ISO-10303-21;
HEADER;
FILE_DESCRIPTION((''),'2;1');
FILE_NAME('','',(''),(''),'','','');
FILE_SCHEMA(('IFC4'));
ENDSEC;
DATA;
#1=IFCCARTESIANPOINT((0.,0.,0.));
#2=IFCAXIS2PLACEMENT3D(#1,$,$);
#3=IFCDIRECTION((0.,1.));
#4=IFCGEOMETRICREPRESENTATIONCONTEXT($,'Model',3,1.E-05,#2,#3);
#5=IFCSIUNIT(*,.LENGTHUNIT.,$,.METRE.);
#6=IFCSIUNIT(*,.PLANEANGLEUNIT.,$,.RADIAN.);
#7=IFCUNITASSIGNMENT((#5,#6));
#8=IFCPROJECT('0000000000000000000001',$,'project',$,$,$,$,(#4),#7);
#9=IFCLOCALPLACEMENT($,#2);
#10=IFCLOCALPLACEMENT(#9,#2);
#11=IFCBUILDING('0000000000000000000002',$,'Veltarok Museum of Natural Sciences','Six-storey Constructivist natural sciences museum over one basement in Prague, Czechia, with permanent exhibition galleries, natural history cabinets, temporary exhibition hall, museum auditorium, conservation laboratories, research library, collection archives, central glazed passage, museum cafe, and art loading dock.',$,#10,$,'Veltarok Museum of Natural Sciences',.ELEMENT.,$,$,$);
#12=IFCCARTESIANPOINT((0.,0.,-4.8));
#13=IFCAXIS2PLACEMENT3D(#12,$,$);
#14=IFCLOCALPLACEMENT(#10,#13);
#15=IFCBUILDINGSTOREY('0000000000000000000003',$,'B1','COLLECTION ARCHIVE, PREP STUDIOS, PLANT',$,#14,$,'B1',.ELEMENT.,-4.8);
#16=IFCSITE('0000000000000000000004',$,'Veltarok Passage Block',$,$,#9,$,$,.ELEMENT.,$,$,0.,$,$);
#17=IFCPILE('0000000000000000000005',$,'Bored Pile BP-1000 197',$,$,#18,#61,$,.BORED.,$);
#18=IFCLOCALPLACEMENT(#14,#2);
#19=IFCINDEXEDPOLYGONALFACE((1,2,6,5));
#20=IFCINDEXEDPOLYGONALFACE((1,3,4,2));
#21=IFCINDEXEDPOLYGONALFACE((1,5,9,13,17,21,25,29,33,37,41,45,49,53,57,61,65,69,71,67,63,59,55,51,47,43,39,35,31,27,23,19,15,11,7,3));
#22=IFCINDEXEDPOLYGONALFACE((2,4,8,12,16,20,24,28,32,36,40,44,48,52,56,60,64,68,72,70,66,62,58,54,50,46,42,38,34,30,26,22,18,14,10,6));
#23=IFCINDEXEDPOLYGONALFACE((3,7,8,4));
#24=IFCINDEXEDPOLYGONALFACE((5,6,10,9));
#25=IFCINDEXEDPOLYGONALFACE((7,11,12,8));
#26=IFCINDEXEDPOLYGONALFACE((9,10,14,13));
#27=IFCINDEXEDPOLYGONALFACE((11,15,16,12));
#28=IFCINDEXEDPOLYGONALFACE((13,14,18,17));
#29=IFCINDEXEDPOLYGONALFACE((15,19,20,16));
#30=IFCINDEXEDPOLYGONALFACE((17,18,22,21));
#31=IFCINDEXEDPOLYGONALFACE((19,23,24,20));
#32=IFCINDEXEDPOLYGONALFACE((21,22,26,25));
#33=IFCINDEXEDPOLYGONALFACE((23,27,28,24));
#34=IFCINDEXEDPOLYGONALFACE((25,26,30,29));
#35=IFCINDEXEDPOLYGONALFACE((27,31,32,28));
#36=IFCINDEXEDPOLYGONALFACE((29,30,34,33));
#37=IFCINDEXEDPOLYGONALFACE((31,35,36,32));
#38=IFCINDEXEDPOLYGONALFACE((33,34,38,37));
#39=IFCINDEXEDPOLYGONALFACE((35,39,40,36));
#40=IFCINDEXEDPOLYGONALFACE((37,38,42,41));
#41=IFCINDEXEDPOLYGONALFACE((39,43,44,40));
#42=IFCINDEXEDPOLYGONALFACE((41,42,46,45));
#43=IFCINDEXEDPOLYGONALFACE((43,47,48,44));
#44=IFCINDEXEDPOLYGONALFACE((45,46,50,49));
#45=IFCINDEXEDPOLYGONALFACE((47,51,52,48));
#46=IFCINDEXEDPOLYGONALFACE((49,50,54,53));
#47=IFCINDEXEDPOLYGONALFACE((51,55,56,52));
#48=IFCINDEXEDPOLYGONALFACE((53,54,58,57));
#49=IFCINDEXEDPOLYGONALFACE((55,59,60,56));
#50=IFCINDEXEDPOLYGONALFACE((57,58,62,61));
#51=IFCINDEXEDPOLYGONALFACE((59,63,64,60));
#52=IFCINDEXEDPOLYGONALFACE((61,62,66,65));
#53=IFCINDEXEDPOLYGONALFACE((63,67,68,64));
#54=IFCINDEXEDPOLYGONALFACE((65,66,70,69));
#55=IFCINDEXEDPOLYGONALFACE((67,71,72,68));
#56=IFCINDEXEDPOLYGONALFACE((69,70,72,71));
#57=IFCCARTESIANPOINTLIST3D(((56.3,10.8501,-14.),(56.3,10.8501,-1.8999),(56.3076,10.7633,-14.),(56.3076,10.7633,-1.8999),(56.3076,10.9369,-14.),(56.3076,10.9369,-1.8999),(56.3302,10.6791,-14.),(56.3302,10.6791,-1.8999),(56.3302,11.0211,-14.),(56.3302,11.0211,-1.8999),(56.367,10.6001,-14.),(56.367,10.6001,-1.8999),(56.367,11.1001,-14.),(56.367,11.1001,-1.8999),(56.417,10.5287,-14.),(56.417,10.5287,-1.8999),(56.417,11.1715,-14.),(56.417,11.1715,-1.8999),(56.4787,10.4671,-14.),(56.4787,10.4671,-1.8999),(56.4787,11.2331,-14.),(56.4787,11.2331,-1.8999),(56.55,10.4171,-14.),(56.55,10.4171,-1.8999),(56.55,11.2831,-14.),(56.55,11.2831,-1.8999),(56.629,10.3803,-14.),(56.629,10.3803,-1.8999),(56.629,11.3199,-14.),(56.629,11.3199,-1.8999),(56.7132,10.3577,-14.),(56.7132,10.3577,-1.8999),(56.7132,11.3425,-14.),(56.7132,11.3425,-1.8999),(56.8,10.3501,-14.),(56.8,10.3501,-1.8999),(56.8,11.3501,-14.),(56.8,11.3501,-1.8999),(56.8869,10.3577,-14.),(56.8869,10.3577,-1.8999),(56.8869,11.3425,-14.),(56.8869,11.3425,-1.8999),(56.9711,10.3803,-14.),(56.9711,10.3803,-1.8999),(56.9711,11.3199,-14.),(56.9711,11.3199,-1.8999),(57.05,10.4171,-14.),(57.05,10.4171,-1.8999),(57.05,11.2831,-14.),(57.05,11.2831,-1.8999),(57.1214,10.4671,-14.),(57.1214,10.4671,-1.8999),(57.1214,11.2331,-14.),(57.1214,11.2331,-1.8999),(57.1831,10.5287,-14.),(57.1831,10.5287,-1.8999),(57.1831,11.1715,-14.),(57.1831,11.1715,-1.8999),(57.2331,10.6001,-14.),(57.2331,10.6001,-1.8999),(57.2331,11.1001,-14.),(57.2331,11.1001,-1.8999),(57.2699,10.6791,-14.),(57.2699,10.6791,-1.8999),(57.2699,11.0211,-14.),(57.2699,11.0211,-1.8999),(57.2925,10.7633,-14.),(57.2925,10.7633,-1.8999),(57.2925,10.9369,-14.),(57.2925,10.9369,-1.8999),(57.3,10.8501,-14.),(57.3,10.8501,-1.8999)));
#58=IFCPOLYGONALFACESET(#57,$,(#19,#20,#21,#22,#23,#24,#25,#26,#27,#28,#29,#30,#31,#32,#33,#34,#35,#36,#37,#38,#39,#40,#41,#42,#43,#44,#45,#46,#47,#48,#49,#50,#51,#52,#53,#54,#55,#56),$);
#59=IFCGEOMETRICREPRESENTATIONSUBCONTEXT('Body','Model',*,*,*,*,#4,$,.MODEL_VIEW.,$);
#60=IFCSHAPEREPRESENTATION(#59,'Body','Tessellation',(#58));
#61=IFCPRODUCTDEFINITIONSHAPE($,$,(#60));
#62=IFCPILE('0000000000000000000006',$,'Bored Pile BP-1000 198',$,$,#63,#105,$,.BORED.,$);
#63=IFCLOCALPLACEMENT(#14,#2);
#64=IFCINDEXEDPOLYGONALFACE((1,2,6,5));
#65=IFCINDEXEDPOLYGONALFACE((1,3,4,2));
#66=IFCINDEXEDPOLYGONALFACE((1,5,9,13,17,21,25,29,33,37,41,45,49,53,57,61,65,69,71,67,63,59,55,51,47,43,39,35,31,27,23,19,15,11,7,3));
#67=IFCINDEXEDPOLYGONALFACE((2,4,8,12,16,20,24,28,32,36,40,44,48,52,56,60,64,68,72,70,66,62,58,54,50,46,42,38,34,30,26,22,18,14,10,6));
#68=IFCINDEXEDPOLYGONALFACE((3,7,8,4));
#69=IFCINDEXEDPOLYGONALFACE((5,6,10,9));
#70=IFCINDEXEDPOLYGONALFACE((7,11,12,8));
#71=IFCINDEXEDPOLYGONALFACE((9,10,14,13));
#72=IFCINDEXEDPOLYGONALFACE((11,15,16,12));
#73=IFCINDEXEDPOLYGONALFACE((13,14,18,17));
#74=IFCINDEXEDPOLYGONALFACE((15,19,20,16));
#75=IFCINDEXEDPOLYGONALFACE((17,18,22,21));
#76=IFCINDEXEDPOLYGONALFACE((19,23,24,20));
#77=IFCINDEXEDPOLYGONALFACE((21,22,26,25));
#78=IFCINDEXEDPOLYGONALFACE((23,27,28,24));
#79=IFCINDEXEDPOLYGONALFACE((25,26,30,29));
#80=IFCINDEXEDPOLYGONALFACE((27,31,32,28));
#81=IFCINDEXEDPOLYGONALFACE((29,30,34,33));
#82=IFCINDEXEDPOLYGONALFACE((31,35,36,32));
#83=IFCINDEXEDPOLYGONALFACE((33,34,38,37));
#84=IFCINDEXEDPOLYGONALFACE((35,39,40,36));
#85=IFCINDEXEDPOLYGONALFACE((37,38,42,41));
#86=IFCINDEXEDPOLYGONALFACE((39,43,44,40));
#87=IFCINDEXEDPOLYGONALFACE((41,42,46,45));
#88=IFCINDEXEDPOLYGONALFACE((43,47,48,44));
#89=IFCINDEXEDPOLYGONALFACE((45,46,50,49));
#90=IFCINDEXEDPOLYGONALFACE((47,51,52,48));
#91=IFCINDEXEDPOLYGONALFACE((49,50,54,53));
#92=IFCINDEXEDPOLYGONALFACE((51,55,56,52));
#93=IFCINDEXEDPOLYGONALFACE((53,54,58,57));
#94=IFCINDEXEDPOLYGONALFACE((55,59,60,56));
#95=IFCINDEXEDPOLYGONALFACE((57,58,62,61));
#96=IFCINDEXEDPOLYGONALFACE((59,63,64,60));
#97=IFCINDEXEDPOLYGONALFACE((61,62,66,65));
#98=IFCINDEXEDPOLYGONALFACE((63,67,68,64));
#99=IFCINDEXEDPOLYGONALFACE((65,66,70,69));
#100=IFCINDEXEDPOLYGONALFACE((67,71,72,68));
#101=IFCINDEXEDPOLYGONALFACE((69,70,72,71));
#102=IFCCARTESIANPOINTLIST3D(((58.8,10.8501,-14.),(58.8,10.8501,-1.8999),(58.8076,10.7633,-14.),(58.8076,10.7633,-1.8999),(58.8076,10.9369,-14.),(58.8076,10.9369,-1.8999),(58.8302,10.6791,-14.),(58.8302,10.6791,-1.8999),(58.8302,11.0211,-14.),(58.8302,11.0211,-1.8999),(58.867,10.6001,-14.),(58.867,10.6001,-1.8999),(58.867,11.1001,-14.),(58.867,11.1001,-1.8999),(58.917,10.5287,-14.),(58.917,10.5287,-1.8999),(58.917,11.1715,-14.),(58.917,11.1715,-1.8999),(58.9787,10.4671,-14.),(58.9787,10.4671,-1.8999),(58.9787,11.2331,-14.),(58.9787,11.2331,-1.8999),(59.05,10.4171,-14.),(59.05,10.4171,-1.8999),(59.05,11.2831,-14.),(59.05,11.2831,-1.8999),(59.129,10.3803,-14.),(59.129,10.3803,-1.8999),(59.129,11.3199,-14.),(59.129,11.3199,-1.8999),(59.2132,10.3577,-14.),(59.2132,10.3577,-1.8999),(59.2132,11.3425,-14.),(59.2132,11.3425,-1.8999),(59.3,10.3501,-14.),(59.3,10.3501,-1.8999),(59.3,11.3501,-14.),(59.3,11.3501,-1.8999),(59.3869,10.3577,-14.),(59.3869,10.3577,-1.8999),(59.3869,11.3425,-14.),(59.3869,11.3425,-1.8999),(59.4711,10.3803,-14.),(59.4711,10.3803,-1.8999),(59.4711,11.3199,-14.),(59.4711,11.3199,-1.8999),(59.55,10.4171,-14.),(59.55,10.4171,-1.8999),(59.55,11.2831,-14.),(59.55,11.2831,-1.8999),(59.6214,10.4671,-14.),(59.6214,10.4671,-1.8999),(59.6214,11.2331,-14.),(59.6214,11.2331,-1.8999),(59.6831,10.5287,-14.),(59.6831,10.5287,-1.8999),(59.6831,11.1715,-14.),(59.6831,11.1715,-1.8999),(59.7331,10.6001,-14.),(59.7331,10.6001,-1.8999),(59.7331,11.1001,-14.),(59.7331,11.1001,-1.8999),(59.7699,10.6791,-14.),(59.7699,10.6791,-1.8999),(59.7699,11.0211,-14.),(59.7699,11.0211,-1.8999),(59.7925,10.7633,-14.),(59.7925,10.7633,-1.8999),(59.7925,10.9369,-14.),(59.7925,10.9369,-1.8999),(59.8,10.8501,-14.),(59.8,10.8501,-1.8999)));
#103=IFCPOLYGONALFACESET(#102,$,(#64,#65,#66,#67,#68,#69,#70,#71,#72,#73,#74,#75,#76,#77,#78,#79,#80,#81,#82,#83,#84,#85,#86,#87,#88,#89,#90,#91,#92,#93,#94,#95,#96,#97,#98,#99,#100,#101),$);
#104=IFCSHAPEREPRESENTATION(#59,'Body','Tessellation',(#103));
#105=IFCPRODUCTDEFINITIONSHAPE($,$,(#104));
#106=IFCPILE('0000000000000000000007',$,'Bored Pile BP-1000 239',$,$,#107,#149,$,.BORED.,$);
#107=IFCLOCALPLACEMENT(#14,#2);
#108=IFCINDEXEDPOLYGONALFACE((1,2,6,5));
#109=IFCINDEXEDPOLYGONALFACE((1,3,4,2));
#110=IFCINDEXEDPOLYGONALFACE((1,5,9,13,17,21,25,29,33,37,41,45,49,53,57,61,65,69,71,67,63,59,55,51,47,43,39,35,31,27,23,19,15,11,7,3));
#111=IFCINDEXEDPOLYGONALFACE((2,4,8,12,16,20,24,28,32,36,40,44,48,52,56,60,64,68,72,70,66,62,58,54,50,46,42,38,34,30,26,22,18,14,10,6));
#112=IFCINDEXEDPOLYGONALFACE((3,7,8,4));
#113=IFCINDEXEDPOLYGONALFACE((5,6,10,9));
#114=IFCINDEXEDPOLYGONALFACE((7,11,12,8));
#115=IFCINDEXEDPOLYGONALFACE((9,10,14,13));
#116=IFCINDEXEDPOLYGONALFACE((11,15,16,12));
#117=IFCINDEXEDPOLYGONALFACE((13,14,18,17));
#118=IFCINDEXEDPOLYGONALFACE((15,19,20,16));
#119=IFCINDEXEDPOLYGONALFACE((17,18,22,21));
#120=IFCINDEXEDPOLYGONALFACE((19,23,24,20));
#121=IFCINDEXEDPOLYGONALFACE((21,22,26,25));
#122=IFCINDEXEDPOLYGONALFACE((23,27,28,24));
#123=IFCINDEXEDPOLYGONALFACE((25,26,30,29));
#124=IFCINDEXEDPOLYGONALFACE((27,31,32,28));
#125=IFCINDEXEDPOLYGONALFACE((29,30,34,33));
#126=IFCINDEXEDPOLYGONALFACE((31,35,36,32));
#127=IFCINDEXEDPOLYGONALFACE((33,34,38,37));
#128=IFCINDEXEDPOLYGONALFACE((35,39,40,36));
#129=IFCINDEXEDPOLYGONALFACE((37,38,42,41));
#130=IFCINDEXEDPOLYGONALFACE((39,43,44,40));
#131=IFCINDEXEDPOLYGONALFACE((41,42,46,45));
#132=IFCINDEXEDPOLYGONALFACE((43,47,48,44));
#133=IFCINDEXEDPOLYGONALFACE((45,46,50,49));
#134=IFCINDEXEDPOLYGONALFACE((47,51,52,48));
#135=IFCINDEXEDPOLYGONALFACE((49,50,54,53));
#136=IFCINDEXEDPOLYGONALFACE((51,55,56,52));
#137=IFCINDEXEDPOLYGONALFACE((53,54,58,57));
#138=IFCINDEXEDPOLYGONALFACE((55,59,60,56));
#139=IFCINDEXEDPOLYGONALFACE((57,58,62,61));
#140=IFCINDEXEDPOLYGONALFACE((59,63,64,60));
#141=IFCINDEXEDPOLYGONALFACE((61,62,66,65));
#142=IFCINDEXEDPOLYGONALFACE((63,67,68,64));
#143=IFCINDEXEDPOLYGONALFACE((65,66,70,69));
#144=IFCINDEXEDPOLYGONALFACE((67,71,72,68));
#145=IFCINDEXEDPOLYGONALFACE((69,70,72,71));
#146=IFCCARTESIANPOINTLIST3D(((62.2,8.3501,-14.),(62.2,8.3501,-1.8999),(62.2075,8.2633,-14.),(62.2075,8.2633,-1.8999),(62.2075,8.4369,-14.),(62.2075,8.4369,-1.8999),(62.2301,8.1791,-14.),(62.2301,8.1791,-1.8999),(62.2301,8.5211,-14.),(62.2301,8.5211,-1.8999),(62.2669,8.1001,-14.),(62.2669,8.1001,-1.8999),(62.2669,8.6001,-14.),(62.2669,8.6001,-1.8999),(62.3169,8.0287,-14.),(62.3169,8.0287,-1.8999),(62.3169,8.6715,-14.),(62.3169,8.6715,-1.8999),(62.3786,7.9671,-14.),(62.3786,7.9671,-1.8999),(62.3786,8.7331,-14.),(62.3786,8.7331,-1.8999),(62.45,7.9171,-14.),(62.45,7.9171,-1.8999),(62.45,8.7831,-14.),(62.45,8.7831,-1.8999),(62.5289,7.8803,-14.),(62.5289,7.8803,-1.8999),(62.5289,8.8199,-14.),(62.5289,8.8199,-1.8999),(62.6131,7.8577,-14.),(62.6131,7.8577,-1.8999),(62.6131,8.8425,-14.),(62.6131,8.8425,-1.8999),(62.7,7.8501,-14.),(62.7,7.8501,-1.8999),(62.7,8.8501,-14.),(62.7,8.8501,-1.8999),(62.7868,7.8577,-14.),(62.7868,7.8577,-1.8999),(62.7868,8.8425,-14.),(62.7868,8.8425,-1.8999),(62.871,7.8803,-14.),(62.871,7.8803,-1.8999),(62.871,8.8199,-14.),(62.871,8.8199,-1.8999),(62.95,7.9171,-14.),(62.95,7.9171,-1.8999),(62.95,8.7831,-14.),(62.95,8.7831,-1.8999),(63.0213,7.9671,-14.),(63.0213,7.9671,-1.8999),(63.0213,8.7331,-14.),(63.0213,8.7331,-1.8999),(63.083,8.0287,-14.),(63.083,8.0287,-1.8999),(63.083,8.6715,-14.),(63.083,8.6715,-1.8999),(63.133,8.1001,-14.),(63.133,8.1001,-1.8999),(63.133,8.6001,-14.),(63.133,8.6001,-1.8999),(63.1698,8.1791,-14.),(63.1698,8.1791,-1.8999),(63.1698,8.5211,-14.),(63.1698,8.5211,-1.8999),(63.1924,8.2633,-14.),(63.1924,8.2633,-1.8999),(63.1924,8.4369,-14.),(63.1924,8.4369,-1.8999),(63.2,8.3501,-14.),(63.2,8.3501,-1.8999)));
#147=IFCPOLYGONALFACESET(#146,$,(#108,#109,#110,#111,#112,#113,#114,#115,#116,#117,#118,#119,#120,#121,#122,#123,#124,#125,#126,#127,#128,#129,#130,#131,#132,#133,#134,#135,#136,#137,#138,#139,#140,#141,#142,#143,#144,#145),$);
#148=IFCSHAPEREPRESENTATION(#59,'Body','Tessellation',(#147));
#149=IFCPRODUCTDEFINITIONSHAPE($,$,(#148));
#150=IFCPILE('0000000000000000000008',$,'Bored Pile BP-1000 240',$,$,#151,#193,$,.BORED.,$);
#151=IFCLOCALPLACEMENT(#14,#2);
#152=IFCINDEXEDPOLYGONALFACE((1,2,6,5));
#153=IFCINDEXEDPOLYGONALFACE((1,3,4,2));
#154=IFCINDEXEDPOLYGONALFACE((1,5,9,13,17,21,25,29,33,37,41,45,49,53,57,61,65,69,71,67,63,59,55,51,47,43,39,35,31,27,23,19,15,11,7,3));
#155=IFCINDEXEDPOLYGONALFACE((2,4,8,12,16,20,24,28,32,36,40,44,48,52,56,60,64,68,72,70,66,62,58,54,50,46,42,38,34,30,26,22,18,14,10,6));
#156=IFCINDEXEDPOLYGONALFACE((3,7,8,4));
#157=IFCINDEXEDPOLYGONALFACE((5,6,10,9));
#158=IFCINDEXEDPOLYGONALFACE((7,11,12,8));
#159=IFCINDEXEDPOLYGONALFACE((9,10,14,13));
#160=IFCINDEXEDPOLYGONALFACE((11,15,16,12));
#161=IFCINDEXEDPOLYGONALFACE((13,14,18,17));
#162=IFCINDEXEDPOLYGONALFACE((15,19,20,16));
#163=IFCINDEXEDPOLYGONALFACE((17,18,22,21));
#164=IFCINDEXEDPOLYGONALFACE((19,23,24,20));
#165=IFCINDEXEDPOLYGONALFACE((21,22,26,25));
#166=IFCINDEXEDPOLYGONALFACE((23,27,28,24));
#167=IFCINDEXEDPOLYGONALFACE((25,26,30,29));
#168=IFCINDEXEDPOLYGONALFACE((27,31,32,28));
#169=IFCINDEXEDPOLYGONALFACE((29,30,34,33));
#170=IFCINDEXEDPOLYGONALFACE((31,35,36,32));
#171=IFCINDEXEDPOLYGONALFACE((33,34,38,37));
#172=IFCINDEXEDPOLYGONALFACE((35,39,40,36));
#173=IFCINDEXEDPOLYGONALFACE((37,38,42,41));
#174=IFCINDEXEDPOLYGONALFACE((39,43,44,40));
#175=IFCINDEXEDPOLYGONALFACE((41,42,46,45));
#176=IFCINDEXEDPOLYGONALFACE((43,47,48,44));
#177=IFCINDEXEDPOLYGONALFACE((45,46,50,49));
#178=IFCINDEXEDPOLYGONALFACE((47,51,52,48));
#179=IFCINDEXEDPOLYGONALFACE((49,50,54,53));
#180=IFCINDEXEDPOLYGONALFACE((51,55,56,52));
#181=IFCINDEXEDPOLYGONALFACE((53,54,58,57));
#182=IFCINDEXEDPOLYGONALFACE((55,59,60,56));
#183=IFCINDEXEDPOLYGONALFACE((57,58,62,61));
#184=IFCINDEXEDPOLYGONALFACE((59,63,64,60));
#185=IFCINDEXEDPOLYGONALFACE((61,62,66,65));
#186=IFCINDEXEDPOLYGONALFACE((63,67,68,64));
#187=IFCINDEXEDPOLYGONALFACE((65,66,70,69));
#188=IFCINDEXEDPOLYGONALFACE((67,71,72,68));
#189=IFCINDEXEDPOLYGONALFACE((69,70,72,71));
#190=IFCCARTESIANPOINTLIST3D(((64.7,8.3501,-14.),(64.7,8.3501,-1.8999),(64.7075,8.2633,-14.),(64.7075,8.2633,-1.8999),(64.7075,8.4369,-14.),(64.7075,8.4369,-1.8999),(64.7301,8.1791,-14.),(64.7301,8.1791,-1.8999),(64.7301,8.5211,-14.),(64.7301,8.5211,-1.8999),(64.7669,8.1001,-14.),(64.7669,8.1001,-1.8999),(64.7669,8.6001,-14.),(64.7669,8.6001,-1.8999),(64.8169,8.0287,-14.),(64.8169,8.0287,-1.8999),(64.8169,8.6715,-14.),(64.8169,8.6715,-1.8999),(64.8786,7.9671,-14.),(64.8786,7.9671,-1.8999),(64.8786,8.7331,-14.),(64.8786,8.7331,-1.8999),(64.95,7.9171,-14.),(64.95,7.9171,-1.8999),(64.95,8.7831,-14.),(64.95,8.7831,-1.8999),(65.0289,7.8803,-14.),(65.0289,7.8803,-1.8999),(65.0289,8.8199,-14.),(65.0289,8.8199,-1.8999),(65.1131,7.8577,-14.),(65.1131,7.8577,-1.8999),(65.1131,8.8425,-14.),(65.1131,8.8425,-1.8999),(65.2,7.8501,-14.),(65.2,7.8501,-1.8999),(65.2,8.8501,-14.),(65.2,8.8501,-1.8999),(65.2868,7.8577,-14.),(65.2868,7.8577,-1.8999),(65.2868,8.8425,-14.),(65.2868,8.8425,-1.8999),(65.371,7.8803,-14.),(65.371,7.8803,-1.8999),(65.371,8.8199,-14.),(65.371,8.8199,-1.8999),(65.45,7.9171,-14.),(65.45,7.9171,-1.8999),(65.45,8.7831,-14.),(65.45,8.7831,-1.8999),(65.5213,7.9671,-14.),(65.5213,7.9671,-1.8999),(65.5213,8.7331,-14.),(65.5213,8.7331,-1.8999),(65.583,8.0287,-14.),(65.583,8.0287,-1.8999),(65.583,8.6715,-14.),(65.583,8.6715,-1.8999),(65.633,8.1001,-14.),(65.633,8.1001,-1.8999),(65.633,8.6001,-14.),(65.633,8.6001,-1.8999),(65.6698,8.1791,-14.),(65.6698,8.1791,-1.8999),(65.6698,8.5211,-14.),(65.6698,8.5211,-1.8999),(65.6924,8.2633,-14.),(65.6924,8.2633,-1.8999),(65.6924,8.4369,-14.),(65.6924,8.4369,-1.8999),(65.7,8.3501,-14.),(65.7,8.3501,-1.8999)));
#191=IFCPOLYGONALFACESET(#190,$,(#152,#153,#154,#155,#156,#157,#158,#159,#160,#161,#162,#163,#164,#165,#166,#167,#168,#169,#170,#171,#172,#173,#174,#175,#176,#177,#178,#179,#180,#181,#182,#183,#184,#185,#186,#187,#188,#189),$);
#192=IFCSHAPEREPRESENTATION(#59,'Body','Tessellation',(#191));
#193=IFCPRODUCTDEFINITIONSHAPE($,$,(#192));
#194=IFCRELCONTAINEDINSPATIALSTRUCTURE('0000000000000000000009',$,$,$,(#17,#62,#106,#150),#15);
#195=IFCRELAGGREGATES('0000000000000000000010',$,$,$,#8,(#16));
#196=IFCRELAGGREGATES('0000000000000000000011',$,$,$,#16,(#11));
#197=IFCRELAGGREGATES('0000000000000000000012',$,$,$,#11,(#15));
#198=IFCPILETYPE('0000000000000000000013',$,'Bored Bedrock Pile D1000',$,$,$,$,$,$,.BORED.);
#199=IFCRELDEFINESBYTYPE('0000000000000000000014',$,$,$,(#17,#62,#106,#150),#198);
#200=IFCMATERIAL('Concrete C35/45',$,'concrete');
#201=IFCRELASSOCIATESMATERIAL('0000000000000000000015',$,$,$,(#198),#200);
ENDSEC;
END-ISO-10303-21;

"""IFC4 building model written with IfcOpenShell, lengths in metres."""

from ifc_helpers import new_model, si_unit, direction, frame, origin, origin_2d, place, context, subcontext, project, spatial, circle, extrude, material, material_profile, profile_set, type_object, element, save


model = new_model("IFC4")

# Units and contexts
model_context = context("Model", 3, precision=1e-05, world=origin(), true_north=direction((0.0, 1.0)))
body_context = subcontext(model_context, "Body", "Model", "MODEL_VIEW")
ifc_project = project(units=[si_unit("LENGTHUNIT", "METRE"), si_unit("PLANEANGLEUNIT", "RADIAN")], contexts=[model_context])

# Site, building, storey
site_placement = place(None, origin())
site = spatial("IfcSite", under=ifc_project, at=site_placement, Name="Veltarok Passage Block", CompositionType="ELEMENT", RefElevation=0.0)
building_placement = place(site_placement, origin())
building = spatial("IfcBuilding", under=site, at=building_placement, Name="Veltarok Museum of Natural Sciences", Description="Six-storey Constructivist natural sciences museum over one basement in Prague, Czechia, with permanent exhibition galleries, natural history cabinets, temporary exhibition hall, museum auditorium, conservation laboratories, research library, collection archives, central glazed passage, museum cafe, and art loading dock.", LongName="Veltarok Museum of Natural Sciences", CompositionType="ELEMENT")
storey_placement = place(building_placement, frame((0.0, 0.0, -4.8)))
storey = spatial("IfcBuildingStorey", under=building, at=storey_placement, Name="B1", Description="COLLECTION ARCHIVE, PREP STUDIOS, PLANT", LongName="B1", CompositionType="ELEMENT", Elevation=-4.8)

# Piles
ifc_material_1 = material(Name="Concrete C35/45", Category="concrete")
ifc_material_profile_1 = material_profile(ifc_material_1, circle(Radius=0.5, at=origin_2d()), Name="BP D1000")
ifc_profile_set_1 = profile_set([ifc_material_profile_1], Name="Concrete C35/45")
pile_type = type_object("IfcPileType", Name="Bored Bedrock Pile D1000", PredefinedType="BORED", material=ifc_profile_set_1)
for number, where, z_axis, x_axis, name in (
    (1, (56.8, 10.8501, -1.8999), (0.0, 0.0, -1.0), (1.0, 0.0, 0.0), "Bored Pile BP-1000 197"),
    (2, (59.3, 10.8501, -1.8999), (0.0, 0.0, -1.0), (1.0, 0.0, 0.0), "Bored Pile BP-1000 198"),
    (3, (62.7, 8.3501, -1.8999), (0.0, 0.0, -1.0), (1.0, 0.0, 0.0), "Bored Pile BP-1000 239"),
    (4, (65.2, 8.3501, -1.8999), (0.0, 0.0, -1.0), (1.0, 0.0, 0.0), "Bored Pile BP-1000 240"),
):
    element("IfcPile", number, at=place(storey_placement, frame(where, z_axis=z_axis, x_axis=x_axis)), inside=storey, type_object=pile_type, Name=name, PredefinedType="BORED", context=body_context, shape_type="SweptSolid", body=[
        extrude(circle(Radius=0.5, at=origin_2d()), origin(), (0.0, 0.0, 1.0), 12.1001),
    ])

save(model, "model.ifc")
